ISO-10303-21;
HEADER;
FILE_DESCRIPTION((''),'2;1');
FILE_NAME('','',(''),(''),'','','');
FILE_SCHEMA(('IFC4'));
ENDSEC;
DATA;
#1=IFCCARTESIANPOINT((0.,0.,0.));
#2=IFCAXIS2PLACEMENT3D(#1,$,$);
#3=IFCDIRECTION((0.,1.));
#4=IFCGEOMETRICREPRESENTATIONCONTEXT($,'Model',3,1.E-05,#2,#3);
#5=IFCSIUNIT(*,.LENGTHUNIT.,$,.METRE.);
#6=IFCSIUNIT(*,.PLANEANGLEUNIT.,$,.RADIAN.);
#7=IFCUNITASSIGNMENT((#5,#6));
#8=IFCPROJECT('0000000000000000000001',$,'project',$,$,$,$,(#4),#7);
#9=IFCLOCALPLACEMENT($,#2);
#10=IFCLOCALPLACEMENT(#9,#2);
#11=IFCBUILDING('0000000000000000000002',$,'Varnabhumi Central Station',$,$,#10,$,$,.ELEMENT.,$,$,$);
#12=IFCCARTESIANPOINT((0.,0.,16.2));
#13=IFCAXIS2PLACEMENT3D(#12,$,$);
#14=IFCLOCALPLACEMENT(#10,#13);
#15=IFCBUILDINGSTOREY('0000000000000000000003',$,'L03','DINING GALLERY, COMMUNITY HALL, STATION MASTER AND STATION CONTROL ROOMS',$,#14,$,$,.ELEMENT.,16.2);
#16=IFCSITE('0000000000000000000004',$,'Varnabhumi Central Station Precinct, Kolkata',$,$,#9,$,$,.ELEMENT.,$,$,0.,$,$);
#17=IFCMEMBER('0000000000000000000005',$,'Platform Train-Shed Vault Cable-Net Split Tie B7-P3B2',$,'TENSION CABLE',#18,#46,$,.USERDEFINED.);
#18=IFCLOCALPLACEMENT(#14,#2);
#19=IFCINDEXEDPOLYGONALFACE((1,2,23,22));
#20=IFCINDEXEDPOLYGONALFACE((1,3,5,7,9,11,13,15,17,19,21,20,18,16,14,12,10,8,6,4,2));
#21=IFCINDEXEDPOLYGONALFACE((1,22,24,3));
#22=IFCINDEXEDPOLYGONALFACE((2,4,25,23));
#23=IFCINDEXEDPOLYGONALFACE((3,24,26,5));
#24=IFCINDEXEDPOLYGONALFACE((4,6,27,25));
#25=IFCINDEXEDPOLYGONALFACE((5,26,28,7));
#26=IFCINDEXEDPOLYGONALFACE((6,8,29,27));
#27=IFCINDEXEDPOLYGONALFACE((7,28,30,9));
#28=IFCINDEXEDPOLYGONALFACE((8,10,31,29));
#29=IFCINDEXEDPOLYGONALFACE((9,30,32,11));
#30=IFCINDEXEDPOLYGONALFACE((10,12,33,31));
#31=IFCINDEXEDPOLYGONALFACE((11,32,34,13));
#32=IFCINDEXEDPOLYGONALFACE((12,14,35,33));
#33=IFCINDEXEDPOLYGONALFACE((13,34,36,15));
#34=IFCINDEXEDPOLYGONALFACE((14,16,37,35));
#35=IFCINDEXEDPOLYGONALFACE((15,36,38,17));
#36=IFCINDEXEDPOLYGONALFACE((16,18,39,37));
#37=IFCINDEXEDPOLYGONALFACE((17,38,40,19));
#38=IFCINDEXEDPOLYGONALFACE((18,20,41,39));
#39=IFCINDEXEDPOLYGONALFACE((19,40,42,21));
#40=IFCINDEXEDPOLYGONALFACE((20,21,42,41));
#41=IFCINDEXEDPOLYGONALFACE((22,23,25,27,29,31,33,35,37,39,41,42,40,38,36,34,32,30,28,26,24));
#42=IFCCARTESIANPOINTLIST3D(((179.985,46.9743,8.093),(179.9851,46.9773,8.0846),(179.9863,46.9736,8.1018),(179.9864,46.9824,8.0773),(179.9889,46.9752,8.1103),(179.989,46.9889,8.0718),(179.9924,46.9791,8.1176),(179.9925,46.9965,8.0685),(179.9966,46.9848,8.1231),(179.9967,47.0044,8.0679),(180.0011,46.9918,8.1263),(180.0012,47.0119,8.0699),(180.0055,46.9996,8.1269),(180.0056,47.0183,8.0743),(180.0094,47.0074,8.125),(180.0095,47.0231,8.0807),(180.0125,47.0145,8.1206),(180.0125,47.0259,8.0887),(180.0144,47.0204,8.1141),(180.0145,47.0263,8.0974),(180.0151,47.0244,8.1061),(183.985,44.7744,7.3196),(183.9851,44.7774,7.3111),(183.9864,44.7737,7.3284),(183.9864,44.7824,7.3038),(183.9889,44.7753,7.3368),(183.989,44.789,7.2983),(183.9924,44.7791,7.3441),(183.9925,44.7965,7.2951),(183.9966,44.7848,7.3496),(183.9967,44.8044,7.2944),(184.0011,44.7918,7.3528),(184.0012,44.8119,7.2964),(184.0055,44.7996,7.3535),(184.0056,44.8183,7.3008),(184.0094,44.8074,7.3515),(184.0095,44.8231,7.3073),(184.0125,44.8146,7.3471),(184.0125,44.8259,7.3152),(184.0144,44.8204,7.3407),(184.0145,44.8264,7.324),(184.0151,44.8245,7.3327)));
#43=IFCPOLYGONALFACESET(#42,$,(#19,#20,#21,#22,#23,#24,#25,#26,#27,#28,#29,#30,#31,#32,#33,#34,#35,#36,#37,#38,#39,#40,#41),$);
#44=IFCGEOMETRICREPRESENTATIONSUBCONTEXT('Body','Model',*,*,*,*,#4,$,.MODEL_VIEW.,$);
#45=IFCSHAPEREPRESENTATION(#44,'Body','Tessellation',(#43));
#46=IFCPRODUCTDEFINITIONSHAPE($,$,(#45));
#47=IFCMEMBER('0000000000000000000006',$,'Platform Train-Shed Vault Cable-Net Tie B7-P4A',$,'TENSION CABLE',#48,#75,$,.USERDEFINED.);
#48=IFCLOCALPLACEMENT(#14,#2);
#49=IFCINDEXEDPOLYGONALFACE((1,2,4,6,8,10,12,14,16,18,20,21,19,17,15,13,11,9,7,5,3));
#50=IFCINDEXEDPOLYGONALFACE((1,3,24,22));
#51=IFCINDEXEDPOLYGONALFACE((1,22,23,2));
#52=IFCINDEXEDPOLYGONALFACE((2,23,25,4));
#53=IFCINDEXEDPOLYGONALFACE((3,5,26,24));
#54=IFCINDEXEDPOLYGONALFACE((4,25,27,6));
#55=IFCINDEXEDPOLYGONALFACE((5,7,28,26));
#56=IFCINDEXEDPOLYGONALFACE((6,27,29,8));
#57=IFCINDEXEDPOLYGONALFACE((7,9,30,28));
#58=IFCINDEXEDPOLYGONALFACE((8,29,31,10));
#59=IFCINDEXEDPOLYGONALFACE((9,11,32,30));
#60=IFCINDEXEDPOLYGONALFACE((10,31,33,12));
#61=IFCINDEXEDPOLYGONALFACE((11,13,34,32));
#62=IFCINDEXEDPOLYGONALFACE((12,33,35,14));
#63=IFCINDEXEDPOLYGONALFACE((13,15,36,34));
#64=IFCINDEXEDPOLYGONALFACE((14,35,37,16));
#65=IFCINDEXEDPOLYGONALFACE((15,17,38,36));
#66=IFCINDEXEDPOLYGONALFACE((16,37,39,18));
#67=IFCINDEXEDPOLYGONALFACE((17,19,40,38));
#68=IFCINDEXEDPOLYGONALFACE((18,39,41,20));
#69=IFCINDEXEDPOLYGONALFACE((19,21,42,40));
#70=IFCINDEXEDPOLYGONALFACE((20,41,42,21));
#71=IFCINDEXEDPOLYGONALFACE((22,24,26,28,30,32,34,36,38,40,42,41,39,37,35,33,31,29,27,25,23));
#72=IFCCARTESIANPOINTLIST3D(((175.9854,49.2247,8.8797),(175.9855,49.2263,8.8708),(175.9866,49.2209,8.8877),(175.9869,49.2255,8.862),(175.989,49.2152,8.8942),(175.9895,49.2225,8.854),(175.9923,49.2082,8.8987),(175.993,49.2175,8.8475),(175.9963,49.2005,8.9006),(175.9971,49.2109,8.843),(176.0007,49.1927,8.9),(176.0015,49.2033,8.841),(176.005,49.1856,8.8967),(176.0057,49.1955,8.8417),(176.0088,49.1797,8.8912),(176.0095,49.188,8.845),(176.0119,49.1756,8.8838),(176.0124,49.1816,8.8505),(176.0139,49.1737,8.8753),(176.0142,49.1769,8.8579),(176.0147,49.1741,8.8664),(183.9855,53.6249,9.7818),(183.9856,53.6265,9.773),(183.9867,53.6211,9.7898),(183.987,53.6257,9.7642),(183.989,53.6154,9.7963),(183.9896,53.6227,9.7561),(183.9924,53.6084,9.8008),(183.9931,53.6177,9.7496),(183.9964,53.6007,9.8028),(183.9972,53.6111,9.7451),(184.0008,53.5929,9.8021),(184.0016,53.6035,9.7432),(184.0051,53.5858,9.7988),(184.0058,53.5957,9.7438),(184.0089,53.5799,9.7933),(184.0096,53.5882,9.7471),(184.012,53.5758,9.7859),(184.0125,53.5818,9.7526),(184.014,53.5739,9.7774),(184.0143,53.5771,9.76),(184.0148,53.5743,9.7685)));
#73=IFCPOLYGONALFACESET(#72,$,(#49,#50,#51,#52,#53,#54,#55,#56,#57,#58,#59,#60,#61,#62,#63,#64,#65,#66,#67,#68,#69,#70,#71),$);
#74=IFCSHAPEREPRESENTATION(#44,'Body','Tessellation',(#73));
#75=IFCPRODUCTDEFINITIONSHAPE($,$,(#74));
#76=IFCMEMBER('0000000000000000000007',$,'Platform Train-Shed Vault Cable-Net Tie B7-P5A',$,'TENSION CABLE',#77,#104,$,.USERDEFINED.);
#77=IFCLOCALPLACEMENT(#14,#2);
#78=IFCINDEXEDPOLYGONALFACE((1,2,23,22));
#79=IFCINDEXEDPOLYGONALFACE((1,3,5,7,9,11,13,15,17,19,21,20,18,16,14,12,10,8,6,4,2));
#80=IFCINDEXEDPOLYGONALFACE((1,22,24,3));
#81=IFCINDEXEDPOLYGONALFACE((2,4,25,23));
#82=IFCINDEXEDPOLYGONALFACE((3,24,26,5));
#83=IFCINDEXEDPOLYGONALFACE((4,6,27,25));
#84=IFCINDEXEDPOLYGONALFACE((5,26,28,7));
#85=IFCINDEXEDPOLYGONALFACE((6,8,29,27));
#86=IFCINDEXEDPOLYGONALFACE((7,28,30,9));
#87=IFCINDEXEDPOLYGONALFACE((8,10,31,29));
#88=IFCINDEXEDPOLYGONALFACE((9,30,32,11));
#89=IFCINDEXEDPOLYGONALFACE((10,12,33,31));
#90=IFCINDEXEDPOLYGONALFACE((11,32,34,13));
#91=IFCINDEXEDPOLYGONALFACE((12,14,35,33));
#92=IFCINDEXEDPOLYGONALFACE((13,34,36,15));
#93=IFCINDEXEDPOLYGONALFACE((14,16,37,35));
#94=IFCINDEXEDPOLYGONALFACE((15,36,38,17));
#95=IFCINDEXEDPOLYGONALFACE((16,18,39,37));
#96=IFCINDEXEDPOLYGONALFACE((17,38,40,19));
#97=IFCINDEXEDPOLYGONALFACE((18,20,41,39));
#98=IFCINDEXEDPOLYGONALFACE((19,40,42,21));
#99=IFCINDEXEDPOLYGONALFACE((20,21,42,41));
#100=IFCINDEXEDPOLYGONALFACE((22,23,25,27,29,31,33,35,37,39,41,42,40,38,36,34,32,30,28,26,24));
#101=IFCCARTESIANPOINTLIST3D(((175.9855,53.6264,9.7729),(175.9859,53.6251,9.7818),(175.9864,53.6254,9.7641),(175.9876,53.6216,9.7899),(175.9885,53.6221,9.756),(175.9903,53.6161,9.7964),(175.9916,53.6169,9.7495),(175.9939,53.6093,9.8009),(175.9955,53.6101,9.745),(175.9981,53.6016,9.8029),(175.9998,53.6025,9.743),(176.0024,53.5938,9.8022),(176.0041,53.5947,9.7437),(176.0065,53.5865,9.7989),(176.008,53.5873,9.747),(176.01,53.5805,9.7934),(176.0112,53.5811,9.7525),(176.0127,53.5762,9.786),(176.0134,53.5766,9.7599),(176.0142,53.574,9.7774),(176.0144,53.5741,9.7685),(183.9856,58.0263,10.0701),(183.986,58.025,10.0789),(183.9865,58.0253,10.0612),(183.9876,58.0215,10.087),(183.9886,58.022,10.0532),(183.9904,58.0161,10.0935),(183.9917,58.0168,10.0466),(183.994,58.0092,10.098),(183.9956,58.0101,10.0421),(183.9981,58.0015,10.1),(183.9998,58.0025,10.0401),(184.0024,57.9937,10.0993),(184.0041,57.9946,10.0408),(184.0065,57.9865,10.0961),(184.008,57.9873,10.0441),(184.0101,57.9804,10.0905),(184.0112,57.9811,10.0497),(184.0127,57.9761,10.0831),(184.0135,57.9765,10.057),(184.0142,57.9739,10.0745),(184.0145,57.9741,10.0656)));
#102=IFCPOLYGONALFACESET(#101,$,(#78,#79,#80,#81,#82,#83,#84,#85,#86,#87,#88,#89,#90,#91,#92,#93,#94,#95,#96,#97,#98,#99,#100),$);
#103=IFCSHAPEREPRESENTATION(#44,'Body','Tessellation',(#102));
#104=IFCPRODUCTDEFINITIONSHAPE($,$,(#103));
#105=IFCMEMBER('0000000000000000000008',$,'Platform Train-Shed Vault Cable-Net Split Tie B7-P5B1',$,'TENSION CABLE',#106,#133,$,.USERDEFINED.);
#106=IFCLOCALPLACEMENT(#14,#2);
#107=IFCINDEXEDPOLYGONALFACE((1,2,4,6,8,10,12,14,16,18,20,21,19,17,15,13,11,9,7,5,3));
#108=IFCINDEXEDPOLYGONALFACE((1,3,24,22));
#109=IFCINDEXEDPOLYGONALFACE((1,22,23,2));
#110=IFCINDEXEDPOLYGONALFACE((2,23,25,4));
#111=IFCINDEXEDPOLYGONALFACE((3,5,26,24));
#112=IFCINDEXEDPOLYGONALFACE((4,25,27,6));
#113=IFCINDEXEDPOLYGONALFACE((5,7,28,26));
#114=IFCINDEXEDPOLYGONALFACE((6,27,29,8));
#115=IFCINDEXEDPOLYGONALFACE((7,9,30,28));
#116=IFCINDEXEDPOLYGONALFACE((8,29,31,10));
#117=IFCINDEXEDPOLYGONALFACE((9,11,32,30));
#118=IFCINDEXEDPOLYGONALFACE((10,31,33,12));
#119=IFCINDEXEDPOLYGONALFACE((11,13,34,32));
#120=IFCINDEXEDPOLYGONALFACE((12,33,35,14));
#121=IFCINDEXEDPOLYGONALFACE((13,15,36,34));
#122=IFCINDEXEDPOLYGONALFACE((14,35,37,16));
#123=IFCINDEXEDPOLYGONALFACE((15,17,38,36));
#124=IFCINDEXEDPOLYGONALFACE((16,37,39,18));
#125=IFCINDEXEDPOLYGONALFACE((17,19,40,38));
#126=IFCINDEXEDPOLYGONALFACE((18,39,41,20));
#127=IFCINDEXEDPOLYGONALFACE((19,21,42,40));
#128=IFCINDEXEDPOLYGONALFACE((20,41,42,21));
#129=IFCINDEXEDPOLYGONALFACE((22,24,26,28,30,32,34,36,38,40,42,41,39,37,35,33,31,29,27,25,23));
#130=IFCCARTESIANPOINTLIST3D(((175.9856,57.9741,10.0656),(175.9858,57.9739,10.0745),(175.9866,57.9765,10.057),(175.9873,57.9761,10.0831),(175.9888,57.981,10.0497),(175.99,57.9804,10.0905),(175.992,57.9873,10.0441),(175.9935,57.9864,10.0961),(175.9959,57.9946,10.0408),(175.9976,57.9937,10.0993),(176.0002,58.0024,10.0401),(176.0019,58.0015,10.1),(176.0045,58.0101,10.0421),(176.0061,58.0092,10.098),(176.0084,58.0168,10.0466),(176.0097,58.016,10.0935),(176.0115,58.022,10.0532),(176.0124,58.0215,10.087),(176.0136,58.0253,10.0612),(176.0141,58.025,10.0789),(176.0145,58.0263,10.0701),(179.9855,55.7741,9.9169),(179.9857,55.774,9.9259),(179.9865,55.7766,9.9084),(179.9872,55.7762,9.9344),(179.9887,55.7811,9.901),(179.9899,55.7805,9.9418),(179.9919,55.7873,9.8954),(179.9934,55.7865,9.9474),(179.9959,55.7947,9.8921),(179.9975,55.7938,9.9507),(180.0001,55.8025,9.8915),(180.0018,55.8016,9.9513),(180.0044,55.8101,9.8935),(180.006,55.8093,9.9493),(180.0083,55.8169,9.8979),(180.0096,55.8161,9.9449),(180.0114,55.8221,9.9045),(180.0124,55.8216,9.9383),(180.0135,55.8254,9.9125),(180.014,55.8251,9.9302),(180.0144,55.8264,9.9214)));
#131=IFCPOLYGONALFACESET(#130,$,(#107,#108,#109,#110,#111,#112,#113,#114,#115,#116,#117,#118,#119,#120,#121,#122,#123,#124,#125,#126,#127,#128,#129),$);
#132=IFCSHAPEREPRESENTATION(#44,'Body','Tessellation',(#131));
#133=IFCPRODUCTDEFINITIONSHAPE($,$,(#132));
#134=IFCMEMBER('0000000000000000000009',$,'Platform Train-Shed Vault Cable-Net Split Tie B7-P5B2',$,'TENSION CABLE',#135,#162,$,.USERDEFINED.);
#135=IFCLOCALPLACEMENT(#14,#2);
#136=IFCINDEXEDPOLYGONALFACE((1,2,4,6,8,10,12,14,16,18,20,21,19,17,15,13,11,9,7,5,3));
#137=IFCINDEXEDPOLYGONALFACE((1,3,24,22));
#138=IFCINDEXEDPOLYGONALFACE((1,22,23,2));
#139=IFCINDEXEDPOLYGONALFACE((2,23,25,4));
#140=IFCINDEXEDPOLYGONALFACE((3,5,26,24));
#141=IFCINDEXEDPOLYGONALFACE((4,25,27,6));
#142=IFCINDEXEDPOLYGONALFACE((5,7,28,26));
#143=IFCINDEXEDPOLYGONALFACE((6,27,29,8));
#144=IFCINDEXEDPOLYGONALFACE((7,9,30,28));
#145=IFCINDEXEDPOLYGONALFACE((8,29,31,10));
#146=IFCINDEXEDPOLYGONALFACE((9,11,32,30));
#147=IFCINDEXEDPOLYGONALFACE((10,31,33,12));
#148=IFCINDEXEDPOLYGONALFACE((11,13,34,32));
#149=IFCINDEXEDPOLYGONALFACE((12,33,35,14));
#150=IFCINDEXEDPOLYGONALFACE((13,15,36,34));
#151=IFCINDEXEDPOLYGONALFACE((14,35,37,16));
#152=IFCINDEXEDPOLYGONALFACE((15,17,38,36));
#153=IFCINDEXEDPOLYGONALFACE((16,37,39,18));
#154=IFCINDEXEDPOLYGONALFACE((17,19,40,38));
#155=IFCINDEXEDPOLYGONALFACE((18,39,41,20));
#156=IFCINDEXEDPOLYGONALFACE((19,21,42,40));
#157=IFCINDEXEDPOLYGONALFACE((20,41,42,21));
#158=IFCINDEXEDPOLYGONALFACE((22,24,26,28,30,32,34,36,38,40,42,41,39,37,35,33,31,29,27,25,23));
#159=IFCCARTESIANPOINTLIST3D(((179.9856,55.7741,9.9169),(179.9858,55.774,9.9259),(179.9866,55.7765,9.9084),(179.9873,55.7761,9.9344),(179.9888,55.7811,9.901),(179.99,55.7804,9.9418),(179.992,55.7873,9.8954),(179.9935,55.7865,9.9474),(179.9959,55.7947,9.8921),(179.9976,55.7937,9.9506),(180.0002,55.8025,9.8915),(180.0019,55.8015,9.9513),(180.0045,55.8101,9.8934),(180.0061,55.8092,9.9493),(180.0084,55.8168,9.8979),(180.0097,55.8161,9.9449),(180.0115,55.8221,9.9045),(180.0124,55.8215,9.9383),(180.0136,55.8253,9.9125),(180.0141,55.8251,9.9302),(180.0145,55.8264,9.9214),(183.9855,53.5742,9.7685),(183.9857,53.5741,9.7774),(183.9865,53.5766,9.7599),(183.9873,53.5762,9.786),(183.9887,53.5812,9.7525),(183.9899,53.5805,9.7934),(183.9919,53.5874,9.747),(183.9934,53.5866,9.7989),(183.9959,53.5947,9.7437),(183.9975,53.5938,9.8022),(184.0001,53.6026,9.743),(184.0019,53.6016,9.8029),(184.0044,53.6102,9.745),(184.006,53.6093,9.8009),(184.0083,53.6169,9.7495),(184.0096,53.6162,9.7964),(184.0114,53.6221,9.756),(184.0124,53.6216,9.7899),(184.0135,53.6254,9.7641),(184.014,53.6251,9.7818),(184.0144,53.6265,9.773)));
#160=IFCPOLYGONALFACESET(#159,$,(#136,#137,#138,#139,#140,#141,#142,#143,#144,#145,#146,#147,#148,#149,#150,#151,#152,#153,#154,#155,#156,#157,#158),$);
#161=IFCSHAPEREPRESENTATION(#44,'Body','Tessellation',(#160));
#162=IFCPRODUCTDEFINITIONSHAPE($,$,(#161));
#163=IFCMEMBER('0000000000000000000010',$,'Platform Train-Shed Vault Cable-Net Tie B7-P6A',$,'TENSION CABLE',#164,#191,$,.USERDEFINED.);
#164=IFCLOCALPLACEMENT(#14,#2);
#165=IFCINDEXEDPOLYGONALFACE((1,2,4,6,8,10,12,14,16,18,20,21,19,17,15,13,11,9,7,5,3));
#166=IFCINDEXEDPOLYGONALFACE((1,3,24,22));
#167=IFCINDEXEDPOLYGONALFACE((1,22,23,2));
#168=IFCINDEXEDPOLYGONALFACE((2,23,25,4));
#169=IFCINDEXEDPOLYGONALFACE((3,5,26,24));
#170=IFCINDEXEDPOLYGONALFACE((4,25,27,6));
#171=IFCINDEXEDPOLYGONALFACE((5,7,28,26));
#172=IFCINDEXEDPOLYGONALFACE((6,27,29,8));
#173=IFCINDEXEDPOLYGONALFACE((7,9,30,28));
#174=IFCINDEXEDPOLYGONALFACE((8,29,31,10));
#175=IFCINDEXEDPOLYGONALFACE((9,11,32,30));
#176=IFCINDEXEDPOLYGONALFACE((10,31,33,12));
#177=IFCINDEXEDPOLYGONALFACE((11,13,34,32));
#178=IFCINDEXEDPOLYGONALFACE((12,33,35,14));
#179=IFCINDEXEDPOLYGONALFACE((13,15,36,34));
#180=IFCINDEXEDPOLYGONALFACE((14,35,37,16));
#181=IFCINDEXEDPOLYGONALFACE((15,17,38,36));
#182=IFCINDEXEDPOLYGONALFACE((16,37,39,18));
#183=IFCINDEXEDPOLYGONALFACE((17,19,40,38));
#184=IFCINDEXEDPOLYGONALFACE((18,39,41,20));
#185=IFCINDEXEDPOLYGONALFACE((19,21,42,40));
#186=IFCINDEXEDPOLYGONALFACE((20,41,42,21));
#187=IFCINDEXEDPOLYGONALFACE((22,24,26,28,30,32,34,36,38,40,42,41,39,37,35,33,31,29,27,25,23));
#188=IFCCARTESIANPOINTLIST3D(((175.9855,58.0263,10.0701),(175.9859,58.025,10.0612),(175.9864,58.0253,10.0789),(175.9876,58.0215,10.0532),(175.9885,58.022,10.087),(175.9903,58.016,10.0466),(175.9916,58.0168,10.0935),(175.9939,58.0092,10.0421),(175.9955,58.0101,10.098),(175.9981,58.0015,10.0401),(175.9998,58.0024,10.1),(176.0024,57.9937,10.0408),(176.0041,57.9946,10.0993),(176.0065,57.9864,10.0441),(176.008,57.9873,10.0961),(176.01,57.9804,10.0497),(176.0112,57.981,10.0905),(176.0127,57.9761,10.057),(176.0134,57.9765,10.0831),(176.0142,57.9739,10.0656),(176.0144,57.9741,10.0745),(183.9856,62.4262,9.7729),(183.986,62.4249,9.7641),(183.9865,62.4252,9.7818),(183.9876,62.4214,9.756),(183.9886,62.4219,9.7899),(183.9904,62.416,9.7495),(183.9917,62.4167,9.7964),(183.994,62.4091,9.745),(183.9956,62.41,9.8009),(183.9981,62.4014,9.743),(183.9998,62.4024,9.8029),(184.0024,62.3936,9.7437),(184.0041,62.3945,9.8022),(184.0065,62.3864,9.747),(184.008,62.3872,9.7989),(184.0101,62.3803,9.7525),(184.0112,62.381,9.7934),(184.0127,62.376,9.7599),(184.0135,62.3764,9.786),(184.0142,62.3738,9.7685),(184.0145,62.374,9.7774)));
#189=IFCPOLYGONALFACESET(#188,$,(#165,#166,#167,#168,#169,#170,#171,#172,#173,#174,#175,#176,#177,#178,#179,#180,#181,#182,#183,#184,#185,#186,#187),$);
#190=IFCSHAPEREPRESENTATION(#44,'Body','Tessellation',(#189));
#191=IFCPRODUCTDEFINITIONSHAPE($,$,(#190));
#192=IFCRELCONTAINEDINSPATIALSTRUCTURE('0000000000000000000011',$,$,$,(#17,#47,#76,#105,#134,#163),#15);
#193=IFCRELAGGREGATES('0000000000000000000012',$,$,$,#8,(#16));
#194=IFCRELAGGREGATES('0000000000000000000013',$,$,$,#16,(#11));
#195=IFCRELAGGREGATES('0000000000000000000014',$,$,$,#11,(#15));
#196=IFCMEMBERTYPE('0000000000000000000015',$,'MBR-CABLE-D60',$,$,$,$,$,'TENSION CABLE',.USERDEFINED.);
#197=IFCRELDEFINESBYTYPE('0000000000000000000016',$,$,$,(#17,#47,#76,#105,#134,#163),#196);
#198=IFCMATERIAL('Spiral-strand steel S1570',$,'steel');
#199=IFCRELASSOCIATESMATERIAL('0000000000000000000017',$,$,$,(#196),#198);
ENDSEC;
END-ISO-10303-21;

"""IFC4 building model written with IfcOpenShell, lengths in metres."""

from ifc_helpers import new_model, si_unit, direction, frame, origin, origin_2d, place, context, subcontext, project, spatial, circle, extrude, material, material_profile, profile_set, type_object, element, save


model = new_model("IFC4")

# Units and contexts
model_context = context("Model", 3, precision=1e-05, world=origin(), true_north=direction((0.0, 1.0)))
body_context = subcontext(model_context, "Body", "Model", "MODEL_VIEW")
ifc_project = project(units=[si_unit("LENGTHUNIT", "METRE"), si_unit("PLANEANGLEUNIT", "RADIAN")], contexts=[model_context])

# Site, building, storey
site_placement = place(None, origin())
site = spatial("IfcSite", under=ifc_project, at=site_placement, Name="Varnabhumi Central Station Precinct, Kolkata", CompositionType="ELEMENT", RefElevation=0.0)
building_placement = place(site_placement, origin())
building = spatial("IfcBuilding", under=site, at=building_placement, Name="Varnabhumi Central Station", CompositionType="ELEMENT")
storey_placement = place(building_placement, frame((0.0, 0.0, 16.2)))
storey = spatial("IfcBuildingStorey", under=building, at=storey_placement, Name="L03", Description="DINING GALLERY, COMMUNITY HALL, STATION MASTER AND STATION CONTROL ROOMS", CompositionType="ELEMENT", Elevation=16.2)

# Members
ifc_material_1 = material(Name="Spiral-strand steel S1570", Category="steel")
ifc_material_profile_1 = material_profile(ifc_material_1, circle(Radius=0.03, at=origin_2d()), Name="Spiral-strand steel S1570", Category="steel")
ifc_profile_set_1 = profile_set([ifc_material_profile_1], Name="Spiral-strand steel S1570")
member_type = type_object("IfcMemberType", Name="MBR-CABLE-D60", ElementType="TENSION CABLE", PredefinedType="USERDEFINED", material=ifc_profile_set_1)
for number, where, z_axis, x_axis, name in (
    (1, (180.0, 47.0, 8.0974), (0.863909, -0.475139, -0.167045), (0.481911, 0.87622, 0.0), "Platform Train-Shed Vault Cable-Net Split Tie B7-P3B2"),
):
    element("IfcMember", number, at=place(storey_placement, frame(where, z_axis=z_axis, x_axis=x_axis)), inside=storey, type_object=member_type, Name=name, ObjectType="TENSION CABLE", PredefinedType="USERDEFINED", context=body_context, shape_type="SweptSolid", body=[
        extrude(circle(Radius=0.03, at=origin_2d()), origin(), (0.0, 0.0, 1.0), 4.6301),
    ])
member_1_placement = place(storey_placement, frame((176.0, 49.2, 8.8708), z_axis=(0.871963, 0.479596, 0.098325), x_axis=(-0.481931, 0.876209, 0.0)))
element("IfcMember", 2, at=member_1_placement, inside=storey, type_object=member_type, Name="Platform Train-Shed Vault Cable-Net Tie B7-P4A", ObjectType="TENSION CABLE", PredefinedType="USERDEFINED", context=body_context, shape_type="SweptSolid", body=[
    extrude(circle(Radius=0.03, at=origin_2d()), origin(), (0.0, 0.0, 1.0), 9.1748),
])
member_2_placement = place(storey_placement, frame((176.0, 53.6001, 9.7729), z_axis=(0.875757, 0.481656, 0.032526), x_axis=(-0.481911, 0.87622, 0.0)))
element("IfcMember", 3, at=member_2_placement, inside=storey, type_object=member_type, Name="Platform Train-Shed Vault Cable-Net Tie B7-P5A", ObjectType="TENSION CABLE", PredefinedType="USERDEFINED", context=body_context, shape_type="SweptSolid", body=[
    extrude(circle(Radius=0.03, at=origin_2d()), origin(), (0.0, 0.0, 1.0), 9.135),
])
for number, where, z_axis, x_axis, name in (
    (4, (176.0, 58.0, 10.0701), (0.875756, -0.481655, -0.032552), (0.481911, 0.87622, 0.0), "Platform Train-Shed Vault Cable-Net Split Tie B7-P5B1"),
    (5, (180.0, 55.8, 9.9214), (0.875758, -0.481656, -0.032499), (0.481911, 0.87622, 0.0), "Platform Train-Shed Vault Cable-Net Split Tie B7-P5B2"),
):
    element("IfcMember", number, at=place(storey_placement, frame(where, z_axis=z_axis, x_axis=x_axis)), inside=storey, type_object=member_type, Name=name, ObjectType="TENSION CABLE", PredefinedType="USERDEFINED", context=body_context, shape_type="SweptSolid", body=[
        extrude(circle(Radius=0.03, at=origin_2d()), origin(), (0.0, 0.0, 1.0), 4.5674),
    ])
member_3_placement = place(storey_placement, frame((176.0, 58.0, 10.0701), z_axis=(0.875757, 0.481656, -0.032526), x_axis=(-0.481911, 0.87622, 0.0)))
element("IfcMember", 6, at=member_3_placement, inside=storey, type_object=member_type, Name="Platform Train-Shed Vault Cable-Net Tie B7-P6A", ObjectType="TENSION CABLE", PredefinedType="USERDEFINED", context=body_context, shape_type="SweptSolid", body=[
    extrude(circle(Radius=0.03, at=origin_2d()), origin(), (0.0, 0.0, 1.0), 9.135),
])

save(model, "model.ifc")
